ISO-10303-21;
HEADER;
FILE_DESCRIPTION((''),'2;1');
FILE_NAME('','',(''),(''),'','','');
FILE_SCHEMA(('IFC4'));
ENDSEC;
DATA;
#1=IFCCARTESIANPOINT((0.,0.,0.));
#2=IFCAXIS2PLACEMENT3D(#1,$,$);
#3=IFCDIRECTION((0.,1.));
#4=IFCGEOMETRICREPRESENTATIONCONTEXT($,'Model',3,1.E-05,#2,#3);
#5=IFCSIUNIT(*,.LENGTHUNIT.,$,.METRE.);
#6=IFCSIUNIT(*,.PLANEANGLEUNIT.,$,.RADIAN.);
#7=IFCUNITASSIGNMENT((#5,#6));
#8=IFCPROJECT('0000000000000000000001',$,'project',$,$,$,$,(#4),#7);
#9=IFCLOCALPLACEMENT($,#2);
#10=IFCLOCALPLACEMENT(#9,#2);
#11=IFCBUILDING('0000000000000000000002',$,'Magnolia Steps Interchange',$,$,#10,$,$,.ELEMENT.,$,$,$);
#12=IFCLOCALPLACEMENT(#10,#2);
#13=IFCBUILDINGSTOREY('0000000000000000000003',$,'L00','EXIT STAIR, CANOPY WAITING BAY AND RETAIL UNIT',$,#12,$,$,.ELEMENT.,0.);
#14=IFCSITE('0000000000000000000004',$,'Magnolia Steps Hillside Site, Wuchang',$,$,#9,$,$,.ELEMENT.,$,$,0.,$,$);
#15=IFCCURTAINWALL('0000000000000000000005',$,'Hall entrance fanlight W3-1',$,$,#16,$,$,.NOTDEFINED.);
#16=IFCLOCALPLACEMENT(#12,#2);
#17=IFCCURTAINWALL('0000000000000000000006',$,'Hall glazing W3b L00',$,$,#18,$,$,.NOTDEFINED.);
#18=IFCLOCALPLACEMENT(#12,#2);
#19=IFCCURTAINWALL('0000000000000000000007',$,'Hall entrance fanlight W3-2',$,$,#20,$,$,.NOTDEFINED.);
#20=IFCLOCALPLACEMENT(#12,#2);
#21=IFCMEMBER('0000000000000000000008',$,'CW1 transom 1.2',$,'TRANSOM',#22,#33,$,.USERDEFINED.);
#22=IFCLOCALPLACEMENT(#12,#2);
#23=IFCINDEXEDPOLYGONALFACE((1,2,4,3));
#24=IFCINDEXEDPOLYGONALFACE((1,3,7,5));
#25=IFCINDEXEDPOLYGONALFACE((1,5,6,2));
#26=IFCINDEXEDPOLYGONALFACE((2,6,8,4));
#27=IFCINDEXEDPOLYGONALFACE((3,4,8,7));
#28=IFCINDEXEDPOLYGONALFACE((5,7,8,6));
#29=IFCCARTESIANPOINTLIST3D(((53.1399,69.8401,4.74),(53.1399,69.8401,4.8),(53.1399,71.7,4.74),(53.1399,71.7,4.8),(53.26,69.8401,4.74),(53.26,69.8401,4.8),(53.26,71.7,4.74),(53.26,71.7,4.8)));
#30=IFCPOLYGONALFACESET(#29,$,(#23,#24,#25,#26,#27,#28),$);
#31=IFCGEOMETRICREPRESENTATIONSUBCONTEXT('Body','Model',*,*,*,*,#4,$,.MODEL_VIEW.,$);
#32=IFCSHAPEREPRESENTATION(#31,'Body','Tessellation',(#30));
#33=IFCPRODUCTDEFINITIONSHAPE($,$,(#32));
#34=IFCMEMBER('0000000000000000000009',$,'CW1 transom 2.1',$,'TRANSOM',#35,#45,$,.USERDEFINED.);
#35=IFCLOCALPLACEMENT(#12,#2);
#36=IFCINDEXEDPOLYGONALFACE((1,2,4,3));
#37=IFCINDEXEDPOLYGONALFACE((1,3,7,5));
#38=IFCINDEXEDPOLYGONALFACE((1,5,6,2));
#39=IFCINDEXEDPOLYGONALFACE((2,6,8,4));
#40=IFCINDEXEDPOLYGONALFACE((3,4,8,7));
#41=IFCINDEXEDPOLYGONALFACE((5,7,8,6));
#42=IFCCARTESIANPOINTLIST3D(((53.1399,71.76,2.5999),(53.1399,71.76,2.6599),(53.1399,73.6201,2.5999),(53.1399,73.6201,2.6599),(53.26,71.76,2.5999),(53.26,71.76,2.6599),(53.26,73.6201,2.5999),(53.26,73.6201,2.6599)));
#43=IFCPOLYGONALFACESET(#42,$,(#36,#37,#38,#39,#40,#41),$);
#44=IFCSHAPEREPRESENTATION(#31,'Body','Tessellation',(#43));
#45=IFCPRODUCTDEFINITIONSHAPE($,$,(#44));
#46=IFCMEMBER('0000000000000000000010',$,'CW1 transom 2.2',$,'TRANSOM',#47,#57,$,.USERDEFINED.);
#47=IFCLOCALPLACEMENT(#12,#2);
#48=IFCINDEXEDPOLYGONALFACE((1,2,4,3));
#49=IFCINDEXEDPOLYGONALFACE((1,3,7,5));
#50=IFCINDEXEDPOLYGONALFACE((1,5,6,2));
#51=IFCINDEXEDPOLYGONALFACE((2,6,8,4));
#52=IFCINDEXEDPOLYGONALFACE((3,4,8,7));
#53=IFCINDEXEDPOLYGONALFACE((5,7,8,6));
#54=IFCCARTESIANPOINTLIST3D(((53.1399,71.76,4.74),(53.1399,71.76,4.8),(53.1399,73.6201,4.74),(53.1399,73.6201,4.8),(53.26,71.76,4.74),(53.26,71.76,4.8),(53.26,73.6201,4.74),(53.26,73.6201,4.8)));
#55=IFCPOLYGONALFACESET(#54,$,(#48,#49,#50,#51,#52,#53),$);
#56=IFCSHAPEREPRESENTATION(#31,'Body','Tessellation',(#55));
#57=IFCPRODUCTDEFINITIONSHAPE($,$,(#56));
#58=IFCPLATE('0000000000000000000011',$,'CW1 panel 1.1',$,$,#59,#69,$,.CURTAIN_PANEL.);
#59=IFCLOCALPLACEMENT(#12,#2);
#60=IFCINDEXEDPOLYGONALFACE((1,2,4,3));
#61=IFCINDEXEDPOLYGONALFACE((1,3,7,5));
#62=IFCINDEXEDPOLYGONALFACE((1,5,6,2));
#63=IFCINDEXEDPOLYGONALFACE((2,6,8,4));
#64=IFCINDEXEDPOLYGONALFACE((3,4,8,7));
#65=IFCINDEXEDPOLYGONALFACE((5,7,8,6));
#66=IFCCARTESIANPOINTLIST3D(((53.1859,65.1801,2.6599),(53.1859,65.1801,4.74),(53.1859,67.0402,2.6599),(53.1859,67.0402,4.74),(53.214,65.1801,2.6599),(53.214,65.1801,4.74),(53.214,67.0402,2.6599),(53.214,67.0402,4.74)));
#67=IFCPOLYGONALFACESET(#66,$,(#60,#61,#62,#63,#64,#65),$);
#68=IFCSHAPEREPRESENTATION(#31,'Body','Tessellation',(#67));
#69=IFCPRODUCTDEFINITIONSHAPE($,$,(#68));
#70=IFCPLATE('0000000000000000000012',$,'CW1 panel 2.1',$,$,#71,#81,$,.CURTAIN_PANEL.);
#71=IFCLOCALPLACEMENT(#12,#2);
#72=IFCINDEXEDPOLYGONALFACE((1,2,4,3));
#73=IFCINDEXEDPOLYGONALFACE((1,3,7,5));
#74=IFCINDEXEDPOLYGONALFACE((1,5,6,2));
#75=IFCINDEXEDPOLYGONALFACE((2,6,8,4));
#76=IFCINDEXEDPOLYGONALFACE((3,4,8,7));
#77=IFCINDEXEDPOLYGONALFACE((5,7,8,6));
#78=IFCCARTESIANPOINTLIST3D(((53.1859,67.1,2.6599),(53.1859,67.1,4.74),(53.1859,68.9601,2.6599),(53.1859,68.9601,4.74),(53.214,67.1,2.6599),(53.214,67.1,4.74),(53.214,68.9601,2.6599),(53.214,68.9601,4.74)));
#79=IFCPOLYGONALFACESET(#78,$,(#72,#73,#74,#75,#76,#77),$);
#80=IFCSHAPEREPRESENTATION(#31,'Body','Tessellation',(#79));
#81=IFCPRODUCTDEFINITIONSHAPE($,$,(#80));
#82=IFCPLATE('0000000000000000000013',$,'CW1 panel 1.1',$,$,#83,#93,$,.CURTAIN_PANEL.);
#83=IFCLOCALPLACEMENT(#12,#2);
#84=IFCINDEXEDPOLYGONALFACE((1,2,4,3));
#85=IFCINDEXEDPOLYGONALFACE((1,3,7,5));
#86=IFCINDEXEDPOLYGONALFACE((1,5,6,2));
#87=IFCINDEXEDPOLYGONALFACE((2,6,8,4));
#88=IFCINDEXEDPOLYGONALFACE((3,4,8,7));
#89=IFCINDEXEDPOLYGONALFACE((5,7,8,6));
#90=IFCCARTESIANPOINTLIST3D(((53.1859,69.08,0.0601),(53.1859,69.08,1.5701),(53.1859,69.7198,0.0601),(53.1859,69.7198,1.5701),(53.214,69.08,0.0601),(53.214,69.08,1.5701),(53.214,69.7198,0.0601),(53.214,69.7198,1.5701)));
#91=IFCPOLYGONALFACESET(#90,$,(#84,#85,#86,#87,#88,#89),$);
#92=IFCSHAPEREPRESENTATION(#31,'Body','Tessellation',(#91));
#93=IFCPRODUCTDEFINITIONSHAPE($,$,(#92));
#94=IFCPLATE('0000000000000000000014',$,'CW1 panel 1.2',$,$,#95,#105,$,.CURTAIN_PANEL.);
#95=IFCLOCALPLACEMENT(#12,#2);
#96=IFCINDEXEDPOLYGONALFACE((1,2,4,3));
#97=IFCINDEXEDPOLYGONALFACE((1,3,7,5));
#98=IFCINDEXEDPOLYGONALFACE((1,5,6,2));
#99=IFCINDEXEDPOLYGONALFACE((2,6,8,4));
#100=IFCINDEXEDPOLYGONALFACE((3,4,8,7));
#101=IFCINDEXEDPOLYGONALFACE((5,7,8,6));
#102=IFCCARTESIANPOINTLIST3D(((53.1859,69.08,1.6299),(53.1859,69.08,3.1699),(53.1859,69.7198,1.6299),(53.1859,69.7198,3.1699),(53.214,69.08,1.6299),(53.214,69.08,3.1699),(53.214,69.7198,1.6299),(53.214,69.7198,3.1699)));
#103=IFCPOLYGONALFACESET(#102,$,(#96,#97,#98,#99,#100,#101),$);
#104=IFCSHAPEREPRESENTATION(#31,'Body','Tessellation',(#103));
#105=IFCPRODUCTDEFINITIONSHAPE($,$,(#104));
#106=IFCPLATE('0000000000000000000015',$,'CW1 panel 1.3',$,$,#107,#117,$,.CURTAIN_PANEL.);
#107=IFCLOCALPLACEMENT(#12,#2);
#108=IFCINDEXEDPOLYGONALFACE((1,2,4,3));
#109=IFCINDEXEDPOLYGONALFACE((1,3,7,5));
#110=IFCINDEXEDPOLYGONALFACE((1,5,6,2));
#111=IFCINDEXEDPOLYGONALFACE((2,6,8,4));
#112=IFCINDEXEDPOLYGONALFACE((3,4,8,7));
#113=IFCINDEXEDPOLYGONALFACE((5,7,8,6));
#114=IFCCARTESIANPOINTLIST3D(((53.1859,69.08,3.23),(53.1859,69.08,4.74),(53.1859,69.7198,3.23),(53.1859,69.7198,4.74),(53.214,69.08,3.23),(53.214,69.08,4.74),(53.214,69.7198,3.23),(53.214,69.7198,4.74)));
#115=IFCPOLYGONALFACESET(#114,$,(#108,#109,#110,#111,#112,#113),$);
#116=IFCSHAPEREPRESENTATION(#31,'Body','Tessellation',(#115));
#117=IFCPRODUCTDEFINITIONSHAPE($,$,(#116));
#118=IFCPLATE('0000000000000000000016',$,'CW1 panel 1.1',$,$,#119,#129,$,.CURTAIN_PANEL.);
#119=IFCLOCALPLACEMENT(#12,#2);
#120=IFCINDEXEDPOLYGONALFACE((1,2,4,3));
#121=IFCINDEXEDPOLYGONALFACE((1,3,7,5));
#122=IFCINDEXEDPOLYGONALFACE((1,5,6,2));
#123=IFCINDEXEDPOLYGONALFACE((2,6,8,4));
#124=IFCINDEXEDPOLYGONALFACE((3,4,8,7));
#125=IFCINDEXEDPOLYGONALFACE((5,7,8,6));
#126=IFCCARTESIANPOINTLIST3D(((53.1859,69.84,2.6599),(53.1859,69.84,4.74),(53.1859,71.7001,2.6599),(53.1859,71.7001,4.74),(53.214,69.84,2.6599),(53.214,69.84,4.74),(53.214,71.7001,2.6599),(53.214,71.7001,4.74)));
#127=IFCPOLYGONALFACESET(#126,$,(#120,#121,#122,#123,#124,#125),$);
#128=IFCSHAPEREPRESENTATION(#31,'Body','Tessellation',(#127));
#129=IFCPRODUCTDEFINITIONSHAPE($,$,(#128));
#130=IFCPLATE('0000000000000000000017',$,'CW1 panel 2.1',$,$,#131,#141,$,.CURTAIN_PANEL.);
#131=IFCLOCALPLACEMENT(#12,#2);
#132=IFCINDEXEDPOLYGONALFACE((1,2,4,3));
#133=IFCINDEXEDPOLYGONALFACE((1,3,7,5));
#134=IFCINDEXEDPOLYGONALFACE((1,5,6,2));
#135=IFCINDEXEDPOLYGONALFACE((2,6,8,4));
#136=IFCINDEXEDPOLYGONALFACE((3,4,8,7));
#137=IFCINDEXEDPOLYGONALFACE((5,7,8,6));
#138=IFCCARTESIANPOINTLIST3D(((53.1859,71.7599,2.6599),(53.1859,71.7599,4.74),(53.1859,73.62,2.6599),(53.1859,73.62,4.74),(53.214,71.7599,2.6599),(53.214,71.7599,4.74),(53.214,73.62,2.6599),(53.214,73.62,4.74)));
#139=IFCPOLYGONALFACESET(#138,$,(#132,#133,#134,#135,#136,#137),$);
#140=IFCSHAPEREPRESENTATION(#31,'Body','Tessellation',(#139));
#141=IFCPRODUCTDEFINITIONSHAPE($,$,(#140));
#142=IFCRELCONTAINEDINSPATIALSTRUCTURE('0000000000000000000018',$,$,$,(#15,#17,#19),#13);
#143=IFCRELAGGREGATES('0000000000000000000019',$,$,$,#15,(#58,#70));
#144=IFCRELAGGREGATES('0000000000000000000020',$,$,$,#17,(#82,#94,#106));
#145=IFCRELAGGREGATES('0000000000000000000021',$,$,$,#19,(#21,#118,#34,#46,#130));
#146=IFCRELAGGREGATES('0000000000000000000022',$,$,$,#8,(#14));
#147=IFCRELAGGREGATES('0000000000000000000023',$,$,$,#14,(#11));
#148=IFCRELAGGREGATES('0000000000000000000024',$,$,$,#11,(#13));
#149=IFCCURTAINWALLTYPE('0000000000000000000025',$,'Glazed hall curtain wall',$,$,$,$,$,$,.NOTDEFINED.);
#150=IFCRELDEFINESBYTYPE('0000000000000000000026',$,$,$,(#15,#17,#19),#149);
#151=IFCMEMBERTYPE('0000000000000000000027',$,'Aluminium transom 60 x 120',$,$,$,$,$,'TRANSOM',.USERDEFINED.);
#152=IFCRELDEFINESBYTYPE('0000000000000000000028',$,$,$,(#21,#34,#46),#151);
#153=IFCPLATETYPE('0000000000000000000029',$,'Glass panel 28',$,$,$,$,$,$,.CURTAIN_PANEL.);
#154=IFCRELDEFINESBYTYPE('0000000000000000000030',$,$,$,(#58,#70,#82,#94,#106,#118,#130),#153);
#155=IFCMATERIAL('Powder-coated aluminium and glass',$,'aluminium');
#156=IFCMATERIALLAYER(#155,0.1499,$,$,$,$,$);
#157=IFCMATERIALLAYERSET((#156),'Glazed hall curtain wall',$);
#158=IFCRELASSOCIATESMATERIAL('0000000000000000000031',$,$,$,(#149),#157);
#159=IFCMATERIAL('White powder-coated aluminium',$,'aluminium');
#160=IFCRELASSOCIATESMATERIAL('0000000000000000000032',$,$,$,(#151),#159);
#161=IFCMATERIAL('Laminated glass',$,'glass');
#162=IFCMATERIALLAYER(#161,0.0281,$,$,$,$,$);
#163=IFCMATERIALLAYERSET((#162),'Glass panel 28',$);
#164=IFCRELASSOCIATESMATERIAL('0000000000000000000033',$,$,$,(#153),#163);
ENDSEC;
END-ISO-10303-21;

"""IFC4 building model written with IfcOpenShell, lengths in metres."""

from ifc_helpers import new_model, si_unit, direction, frame, origin, origin_2d, place, context, subcontext, project, spatial, rectangle, extrude, material, layer, layer_set, material_profile, profile_set, type_object, element, aggregate, save


model = new_model("IFC4")

# Units and contexts
model_context = context("Model", 3, precision=1e-05, world=origin(), true_north=direction((0.0, 1.0)))
body_context = subcontext(model_context, "Body", "Model", "MODEL_VIEW")
ifc_project = project(units=[si_unit("LENGTHUNIT", "METRE"), si_unit("PLANEANGLEUNIT", "RADIAN")], contexts=[model_context])

# Site, building, storey
site_placement = place(None, origin())
site = spatial("IfcSite", under=ifc_project, at=site_placement, Name="Magnolia Steps Hillside Site, Wuchang", CompositionType="ELEMENT", RefElevation=0.0)
building_placement = place(site_placement, origin())
building = spatial("IfcBuilding", under=site, at=building_placement, Name="Magnolia Steps Interchange", CompositionType="ELEMENT")
storey_placement = place(building_placement, origin())
storey = spatial("IfcBuildingStorey", under=building, at=storey_placement, Name="L00", Description="EXIT STAIR, CANOPY WAITING BAY AND RETAIL UNIT", CompositionType="ELEMENT", Elevation=0.0)

# Curtain walls
ifc_material_1 = material(Name="Powder-coated aluminium and glass", Category="aluminium")
ifc_layer_1 = layer(ifc_material_1, 0.1499)
ifc_layer_set_1 = layer_set([ifc_layer_1], Name="Glazed hall curtain wall")
curtain_wall_type = type_object("IfcCurtainWallType", Name="Glazed hall curtain wall", PredefinedType="NOTDEFINED", material=ifc_layer_set_1)
curtain_wall_1_placement = place(storey_placement, origin())
curtain_wall_1 = element("IfcCurtainWall", 1, at=curtain_wall_1_placement, inside=storey, type_object=curtain_wall_type, Name="Hall entrance fanlight W3-1", PredefinedType="NOTDEFINED")
curtain_wall_2_placement = place(storey_placement, origin())
curtain_wall_2 = element("IfcCurtainWall", 2, at=curtain_wall_2_placement, inside=storey, type_object=curtain_wall_type, Name="Hall glazing W3b L00", PredefinedType="NOTDEFINED")
curtain_wall_3_placement = place(storey_placement, origin())
curtain_wall_3 = element("IfcCurtainWall", 3, at=curtain_wall_3_placement, inside=storey, type_object=curtain_wall_type, Name="Hall entrance fanlight W3-2", PredefinedType="NOTDEFINED")

# Members
ifc_material_2 = material(Name="White powder-coated aluminium", Category="aluminium")
ifc_material_profile_1 = material_profile(ifc_material_2, rectangle(XDim=0.0601, YDim=0.1201, at=origin_2d()), Name="Aluminium transom 60 x 120")
ifc_profile_set_1 = profile_set([ifc_material_profile_1], Name="White powder-coated aluminium")
member_type_1 = type_object("IfcMemberType", Name="Aluminium transom 60 x 120", ElementType="TRANSOM", PredefinedType="USERDEFINED", material=ifc_profile_set_1)
member_1_placement = place(storey_placement, frame((53.2, 69.8401, 4.77), z_axis=(0.0, 1.0, 0.0), x_axis=(0.0, 0.0, 1.0)))
member_1 = element("IfcMember", 4, at=member_1_placement, type_object=member_type_1, Name="CW1 transom 1.2", ObjectType="TRANSOM", PredefinedType="USERDEFINED", context=body_context, shape_type="SweptSolid", body=[
    extrude(rectangle(XDim=0.0601, YDim=0.1201, at=origin_2d()), origin(), (0.0, 0.0, 1.0), 1.8599),
])
member_2_placement = place(storey_placement, frame((53.2, 71.76, 2.6299), z_axis=(0.0, 1.0, 0.0), x_axis=(0.0, 0.0, 1.0)))
member_2 = element("IfcMember", 5, at=member_2_placement, type_object=member_type_1, Name="CW1 transom 2.1", ObjectType="TRANSOM", PredefinedType="USERDEFINED", context=body_context, shape_type="SweptSolid", body=[
    extrude(rectangle(XDim=0.0601, YDim=0.1201, at=origin_2d()), origin(), (0.0, 0.0, 1.0), 1.8601),
])
member_3_placement = place(storey_placement, frame((53.2, 71.76, 4.77), z_axis=(0.0, 1.0, 0.0), x_axis=(0.0, 0.0, 1.0)))
member_3 = element("IfcMember", 6, at=member_3_placement, type_object=member_type_1, Name="CW1 transom 2.2", ObjectType="TRANSOM", PredefinedType="USERDEFINED", context=body_context, shape_type="SweptSolid", body=[
    extrude(rectangle(XDim=0.0601, YDim=0.1201, at=origin_2d()), origin(), (0.0, 0.0, 1.0), 1.8601),
])

# Plates
ifc_material_3 = material(Name="Laminated glass", Category="glass")
ifc_layer_2 = layer(ifc_material_3, 0.0281)
ifc_layer_set_2 = layer_set([ifc_layer_2], Name="Glass panel 28")
plate_type = type_object("IfcPlateType", Name="Glass panel 28", PredefinedType="CURTAIN_PANEL", material=ifc_layer_set_2)
plate_1_placement = place(storey_placement, frame((53.2, 66.1101, 2.6599), z_axis=(0.0, 0.0, 1.0), x_axis=(0.0, 1.0, 0.0)))
plate_1 = element("IfcPlate", 7, at=plate_1_placement, type_object=plate_type, Name="CW1 panel 1.1", PredefinedType="CURTAIN_PANEL", context=body_context, shape_type="SweptSolid", body=[
    extrude(rectangle(XDim=1.8601, YDim=0.0281, at=origin_2d()), origin(), (0.0, 0.0, 1.0), 2.0801),
])
plate_2_placement = place(storey_placement, frame((53.2, 68.03, 2.6599), z_axis=(0.0, 0.0, 1.0), x_axis=(0.0, 1.0, 0.0)))
plate_2 = element("IfcPlate", 8, at=plate_2_placement, type_object=plate_type, Name="CW1 panel 2.1", PredefinedType="CURTAIN_PANEL", context=body_context, shape_type="SweptSolid", body=[
    extrude(rectangle(XDim=1.8601, YDim=0.0281, at=origin_2d()), origin(), (0.0, 0.0, 1.0), 2.0801),
])
aggregate(curtain_wall_1, [plate_1, plate_2])
plate_3_placement = place(storey_placement, frame((53.2, 69.3999, 0.0601), z_axis=(0.0, 0.0, 1.0), x_axis=(0.0, 1.0, 0.0)))
plate_3 = element("IfcPlate", 9, at=plate_3_placement, type_object=plate_type, Name="CW1 panel 1.1", PredefinedType="CURTAIN_PANEL", context=body_context, shape_type="SweptSolid", body=[
    extrude(rectangle(XDim=0.6399, YDim=0.0281, at=origin_2d()), origin(), (0.0, 0.0, 1.0), 1.51),
])
plate_4_placement = place(storey_placement, frame((53.2, 69.3999, 1.6299), z_axis=(0.0, 0.0, 1.0), x_axis=(0.0, 1.0, 0.0)))
plate_4 = element("IfcPlate", 10, at=plate_4_placement, type_object=plate_type, Name="CW1 panel 1.2", PredefinedType="CURTAIN_PANEL", context=body_context, shape_type="SweptSolid", body=[
    extrude(rectangle(XDim=0.6399, YDim=0.0281, at=origin_2d()), origin(), (0.0, 0.0, 1.0), 1.54),
])
plate_5_placement = place(storey_placement, frame((53.2, 69.3999, 3.23), z_axis=(0.0, 0.0, 1.0), x_axis=(0.0, 1.0, 0.0)))
plate_5 = element("IfcPlate", 11, at=plate_5_placement, type_object=plate_type, Name="CW1 panel 1.3", PredefinedType="CURTAIN_PANEL", context=body_context, shape_type="SweptSolid", body=[
    extrude(rectangle(XDim=0.6399, YDim=0.0281, at=origin_2d()), origin(), (0.0, 0.0, 1.0), 1.51),
])
aggregate(curtain_wall_2, [plate_3, plate_4, plate_5])
plate_6_placement = place(storey_placement, frame((53.2, 70.77, 2.6599), z_axis=(0.0, 0.0, 1.0), x_axis=(0.0, 1.0, 0.0)))
plate_6 = element("IfcPlate", 12, at=plate_6_placement, type_object=plate_type, Name="CW1 panel 1.1", PredefinedType="CURTAIN_PANEL", context=body_context, shape_type="SweptSolid", body=[
    extrude(rectangle(XDim=1.8601, YDim=0.0281, at=origin_2d()), origin(), (0.0, 0.0, 1.0), 2.0801),
])
plate_7_placement = place(storey_placement, frame((53.2, 72.6899, 2.6599), z_axis=(0.0, 0.0, 1.0), x_axis=(0.0, 1.0, 0.0)))
plate_7 = element("IfcPlate", 13, at=plate_7_placement, type_object=plate_type, Name="CW1 panel 2.1", PredefinedType="CURTAIN_PANEL", context=body_context, shape_type="SweptSolid", body=[
    extrude(rectangle(XDim=1.8601, YDim=0.0281, at=origin_2d()), origin(), (0.0, 0.0, 1.0), 2.0801),
])
aggregate(curtain_wall_3, [member_1, plate_6, member_2, member_3, plate_7])

save(model, "model.ifc")
